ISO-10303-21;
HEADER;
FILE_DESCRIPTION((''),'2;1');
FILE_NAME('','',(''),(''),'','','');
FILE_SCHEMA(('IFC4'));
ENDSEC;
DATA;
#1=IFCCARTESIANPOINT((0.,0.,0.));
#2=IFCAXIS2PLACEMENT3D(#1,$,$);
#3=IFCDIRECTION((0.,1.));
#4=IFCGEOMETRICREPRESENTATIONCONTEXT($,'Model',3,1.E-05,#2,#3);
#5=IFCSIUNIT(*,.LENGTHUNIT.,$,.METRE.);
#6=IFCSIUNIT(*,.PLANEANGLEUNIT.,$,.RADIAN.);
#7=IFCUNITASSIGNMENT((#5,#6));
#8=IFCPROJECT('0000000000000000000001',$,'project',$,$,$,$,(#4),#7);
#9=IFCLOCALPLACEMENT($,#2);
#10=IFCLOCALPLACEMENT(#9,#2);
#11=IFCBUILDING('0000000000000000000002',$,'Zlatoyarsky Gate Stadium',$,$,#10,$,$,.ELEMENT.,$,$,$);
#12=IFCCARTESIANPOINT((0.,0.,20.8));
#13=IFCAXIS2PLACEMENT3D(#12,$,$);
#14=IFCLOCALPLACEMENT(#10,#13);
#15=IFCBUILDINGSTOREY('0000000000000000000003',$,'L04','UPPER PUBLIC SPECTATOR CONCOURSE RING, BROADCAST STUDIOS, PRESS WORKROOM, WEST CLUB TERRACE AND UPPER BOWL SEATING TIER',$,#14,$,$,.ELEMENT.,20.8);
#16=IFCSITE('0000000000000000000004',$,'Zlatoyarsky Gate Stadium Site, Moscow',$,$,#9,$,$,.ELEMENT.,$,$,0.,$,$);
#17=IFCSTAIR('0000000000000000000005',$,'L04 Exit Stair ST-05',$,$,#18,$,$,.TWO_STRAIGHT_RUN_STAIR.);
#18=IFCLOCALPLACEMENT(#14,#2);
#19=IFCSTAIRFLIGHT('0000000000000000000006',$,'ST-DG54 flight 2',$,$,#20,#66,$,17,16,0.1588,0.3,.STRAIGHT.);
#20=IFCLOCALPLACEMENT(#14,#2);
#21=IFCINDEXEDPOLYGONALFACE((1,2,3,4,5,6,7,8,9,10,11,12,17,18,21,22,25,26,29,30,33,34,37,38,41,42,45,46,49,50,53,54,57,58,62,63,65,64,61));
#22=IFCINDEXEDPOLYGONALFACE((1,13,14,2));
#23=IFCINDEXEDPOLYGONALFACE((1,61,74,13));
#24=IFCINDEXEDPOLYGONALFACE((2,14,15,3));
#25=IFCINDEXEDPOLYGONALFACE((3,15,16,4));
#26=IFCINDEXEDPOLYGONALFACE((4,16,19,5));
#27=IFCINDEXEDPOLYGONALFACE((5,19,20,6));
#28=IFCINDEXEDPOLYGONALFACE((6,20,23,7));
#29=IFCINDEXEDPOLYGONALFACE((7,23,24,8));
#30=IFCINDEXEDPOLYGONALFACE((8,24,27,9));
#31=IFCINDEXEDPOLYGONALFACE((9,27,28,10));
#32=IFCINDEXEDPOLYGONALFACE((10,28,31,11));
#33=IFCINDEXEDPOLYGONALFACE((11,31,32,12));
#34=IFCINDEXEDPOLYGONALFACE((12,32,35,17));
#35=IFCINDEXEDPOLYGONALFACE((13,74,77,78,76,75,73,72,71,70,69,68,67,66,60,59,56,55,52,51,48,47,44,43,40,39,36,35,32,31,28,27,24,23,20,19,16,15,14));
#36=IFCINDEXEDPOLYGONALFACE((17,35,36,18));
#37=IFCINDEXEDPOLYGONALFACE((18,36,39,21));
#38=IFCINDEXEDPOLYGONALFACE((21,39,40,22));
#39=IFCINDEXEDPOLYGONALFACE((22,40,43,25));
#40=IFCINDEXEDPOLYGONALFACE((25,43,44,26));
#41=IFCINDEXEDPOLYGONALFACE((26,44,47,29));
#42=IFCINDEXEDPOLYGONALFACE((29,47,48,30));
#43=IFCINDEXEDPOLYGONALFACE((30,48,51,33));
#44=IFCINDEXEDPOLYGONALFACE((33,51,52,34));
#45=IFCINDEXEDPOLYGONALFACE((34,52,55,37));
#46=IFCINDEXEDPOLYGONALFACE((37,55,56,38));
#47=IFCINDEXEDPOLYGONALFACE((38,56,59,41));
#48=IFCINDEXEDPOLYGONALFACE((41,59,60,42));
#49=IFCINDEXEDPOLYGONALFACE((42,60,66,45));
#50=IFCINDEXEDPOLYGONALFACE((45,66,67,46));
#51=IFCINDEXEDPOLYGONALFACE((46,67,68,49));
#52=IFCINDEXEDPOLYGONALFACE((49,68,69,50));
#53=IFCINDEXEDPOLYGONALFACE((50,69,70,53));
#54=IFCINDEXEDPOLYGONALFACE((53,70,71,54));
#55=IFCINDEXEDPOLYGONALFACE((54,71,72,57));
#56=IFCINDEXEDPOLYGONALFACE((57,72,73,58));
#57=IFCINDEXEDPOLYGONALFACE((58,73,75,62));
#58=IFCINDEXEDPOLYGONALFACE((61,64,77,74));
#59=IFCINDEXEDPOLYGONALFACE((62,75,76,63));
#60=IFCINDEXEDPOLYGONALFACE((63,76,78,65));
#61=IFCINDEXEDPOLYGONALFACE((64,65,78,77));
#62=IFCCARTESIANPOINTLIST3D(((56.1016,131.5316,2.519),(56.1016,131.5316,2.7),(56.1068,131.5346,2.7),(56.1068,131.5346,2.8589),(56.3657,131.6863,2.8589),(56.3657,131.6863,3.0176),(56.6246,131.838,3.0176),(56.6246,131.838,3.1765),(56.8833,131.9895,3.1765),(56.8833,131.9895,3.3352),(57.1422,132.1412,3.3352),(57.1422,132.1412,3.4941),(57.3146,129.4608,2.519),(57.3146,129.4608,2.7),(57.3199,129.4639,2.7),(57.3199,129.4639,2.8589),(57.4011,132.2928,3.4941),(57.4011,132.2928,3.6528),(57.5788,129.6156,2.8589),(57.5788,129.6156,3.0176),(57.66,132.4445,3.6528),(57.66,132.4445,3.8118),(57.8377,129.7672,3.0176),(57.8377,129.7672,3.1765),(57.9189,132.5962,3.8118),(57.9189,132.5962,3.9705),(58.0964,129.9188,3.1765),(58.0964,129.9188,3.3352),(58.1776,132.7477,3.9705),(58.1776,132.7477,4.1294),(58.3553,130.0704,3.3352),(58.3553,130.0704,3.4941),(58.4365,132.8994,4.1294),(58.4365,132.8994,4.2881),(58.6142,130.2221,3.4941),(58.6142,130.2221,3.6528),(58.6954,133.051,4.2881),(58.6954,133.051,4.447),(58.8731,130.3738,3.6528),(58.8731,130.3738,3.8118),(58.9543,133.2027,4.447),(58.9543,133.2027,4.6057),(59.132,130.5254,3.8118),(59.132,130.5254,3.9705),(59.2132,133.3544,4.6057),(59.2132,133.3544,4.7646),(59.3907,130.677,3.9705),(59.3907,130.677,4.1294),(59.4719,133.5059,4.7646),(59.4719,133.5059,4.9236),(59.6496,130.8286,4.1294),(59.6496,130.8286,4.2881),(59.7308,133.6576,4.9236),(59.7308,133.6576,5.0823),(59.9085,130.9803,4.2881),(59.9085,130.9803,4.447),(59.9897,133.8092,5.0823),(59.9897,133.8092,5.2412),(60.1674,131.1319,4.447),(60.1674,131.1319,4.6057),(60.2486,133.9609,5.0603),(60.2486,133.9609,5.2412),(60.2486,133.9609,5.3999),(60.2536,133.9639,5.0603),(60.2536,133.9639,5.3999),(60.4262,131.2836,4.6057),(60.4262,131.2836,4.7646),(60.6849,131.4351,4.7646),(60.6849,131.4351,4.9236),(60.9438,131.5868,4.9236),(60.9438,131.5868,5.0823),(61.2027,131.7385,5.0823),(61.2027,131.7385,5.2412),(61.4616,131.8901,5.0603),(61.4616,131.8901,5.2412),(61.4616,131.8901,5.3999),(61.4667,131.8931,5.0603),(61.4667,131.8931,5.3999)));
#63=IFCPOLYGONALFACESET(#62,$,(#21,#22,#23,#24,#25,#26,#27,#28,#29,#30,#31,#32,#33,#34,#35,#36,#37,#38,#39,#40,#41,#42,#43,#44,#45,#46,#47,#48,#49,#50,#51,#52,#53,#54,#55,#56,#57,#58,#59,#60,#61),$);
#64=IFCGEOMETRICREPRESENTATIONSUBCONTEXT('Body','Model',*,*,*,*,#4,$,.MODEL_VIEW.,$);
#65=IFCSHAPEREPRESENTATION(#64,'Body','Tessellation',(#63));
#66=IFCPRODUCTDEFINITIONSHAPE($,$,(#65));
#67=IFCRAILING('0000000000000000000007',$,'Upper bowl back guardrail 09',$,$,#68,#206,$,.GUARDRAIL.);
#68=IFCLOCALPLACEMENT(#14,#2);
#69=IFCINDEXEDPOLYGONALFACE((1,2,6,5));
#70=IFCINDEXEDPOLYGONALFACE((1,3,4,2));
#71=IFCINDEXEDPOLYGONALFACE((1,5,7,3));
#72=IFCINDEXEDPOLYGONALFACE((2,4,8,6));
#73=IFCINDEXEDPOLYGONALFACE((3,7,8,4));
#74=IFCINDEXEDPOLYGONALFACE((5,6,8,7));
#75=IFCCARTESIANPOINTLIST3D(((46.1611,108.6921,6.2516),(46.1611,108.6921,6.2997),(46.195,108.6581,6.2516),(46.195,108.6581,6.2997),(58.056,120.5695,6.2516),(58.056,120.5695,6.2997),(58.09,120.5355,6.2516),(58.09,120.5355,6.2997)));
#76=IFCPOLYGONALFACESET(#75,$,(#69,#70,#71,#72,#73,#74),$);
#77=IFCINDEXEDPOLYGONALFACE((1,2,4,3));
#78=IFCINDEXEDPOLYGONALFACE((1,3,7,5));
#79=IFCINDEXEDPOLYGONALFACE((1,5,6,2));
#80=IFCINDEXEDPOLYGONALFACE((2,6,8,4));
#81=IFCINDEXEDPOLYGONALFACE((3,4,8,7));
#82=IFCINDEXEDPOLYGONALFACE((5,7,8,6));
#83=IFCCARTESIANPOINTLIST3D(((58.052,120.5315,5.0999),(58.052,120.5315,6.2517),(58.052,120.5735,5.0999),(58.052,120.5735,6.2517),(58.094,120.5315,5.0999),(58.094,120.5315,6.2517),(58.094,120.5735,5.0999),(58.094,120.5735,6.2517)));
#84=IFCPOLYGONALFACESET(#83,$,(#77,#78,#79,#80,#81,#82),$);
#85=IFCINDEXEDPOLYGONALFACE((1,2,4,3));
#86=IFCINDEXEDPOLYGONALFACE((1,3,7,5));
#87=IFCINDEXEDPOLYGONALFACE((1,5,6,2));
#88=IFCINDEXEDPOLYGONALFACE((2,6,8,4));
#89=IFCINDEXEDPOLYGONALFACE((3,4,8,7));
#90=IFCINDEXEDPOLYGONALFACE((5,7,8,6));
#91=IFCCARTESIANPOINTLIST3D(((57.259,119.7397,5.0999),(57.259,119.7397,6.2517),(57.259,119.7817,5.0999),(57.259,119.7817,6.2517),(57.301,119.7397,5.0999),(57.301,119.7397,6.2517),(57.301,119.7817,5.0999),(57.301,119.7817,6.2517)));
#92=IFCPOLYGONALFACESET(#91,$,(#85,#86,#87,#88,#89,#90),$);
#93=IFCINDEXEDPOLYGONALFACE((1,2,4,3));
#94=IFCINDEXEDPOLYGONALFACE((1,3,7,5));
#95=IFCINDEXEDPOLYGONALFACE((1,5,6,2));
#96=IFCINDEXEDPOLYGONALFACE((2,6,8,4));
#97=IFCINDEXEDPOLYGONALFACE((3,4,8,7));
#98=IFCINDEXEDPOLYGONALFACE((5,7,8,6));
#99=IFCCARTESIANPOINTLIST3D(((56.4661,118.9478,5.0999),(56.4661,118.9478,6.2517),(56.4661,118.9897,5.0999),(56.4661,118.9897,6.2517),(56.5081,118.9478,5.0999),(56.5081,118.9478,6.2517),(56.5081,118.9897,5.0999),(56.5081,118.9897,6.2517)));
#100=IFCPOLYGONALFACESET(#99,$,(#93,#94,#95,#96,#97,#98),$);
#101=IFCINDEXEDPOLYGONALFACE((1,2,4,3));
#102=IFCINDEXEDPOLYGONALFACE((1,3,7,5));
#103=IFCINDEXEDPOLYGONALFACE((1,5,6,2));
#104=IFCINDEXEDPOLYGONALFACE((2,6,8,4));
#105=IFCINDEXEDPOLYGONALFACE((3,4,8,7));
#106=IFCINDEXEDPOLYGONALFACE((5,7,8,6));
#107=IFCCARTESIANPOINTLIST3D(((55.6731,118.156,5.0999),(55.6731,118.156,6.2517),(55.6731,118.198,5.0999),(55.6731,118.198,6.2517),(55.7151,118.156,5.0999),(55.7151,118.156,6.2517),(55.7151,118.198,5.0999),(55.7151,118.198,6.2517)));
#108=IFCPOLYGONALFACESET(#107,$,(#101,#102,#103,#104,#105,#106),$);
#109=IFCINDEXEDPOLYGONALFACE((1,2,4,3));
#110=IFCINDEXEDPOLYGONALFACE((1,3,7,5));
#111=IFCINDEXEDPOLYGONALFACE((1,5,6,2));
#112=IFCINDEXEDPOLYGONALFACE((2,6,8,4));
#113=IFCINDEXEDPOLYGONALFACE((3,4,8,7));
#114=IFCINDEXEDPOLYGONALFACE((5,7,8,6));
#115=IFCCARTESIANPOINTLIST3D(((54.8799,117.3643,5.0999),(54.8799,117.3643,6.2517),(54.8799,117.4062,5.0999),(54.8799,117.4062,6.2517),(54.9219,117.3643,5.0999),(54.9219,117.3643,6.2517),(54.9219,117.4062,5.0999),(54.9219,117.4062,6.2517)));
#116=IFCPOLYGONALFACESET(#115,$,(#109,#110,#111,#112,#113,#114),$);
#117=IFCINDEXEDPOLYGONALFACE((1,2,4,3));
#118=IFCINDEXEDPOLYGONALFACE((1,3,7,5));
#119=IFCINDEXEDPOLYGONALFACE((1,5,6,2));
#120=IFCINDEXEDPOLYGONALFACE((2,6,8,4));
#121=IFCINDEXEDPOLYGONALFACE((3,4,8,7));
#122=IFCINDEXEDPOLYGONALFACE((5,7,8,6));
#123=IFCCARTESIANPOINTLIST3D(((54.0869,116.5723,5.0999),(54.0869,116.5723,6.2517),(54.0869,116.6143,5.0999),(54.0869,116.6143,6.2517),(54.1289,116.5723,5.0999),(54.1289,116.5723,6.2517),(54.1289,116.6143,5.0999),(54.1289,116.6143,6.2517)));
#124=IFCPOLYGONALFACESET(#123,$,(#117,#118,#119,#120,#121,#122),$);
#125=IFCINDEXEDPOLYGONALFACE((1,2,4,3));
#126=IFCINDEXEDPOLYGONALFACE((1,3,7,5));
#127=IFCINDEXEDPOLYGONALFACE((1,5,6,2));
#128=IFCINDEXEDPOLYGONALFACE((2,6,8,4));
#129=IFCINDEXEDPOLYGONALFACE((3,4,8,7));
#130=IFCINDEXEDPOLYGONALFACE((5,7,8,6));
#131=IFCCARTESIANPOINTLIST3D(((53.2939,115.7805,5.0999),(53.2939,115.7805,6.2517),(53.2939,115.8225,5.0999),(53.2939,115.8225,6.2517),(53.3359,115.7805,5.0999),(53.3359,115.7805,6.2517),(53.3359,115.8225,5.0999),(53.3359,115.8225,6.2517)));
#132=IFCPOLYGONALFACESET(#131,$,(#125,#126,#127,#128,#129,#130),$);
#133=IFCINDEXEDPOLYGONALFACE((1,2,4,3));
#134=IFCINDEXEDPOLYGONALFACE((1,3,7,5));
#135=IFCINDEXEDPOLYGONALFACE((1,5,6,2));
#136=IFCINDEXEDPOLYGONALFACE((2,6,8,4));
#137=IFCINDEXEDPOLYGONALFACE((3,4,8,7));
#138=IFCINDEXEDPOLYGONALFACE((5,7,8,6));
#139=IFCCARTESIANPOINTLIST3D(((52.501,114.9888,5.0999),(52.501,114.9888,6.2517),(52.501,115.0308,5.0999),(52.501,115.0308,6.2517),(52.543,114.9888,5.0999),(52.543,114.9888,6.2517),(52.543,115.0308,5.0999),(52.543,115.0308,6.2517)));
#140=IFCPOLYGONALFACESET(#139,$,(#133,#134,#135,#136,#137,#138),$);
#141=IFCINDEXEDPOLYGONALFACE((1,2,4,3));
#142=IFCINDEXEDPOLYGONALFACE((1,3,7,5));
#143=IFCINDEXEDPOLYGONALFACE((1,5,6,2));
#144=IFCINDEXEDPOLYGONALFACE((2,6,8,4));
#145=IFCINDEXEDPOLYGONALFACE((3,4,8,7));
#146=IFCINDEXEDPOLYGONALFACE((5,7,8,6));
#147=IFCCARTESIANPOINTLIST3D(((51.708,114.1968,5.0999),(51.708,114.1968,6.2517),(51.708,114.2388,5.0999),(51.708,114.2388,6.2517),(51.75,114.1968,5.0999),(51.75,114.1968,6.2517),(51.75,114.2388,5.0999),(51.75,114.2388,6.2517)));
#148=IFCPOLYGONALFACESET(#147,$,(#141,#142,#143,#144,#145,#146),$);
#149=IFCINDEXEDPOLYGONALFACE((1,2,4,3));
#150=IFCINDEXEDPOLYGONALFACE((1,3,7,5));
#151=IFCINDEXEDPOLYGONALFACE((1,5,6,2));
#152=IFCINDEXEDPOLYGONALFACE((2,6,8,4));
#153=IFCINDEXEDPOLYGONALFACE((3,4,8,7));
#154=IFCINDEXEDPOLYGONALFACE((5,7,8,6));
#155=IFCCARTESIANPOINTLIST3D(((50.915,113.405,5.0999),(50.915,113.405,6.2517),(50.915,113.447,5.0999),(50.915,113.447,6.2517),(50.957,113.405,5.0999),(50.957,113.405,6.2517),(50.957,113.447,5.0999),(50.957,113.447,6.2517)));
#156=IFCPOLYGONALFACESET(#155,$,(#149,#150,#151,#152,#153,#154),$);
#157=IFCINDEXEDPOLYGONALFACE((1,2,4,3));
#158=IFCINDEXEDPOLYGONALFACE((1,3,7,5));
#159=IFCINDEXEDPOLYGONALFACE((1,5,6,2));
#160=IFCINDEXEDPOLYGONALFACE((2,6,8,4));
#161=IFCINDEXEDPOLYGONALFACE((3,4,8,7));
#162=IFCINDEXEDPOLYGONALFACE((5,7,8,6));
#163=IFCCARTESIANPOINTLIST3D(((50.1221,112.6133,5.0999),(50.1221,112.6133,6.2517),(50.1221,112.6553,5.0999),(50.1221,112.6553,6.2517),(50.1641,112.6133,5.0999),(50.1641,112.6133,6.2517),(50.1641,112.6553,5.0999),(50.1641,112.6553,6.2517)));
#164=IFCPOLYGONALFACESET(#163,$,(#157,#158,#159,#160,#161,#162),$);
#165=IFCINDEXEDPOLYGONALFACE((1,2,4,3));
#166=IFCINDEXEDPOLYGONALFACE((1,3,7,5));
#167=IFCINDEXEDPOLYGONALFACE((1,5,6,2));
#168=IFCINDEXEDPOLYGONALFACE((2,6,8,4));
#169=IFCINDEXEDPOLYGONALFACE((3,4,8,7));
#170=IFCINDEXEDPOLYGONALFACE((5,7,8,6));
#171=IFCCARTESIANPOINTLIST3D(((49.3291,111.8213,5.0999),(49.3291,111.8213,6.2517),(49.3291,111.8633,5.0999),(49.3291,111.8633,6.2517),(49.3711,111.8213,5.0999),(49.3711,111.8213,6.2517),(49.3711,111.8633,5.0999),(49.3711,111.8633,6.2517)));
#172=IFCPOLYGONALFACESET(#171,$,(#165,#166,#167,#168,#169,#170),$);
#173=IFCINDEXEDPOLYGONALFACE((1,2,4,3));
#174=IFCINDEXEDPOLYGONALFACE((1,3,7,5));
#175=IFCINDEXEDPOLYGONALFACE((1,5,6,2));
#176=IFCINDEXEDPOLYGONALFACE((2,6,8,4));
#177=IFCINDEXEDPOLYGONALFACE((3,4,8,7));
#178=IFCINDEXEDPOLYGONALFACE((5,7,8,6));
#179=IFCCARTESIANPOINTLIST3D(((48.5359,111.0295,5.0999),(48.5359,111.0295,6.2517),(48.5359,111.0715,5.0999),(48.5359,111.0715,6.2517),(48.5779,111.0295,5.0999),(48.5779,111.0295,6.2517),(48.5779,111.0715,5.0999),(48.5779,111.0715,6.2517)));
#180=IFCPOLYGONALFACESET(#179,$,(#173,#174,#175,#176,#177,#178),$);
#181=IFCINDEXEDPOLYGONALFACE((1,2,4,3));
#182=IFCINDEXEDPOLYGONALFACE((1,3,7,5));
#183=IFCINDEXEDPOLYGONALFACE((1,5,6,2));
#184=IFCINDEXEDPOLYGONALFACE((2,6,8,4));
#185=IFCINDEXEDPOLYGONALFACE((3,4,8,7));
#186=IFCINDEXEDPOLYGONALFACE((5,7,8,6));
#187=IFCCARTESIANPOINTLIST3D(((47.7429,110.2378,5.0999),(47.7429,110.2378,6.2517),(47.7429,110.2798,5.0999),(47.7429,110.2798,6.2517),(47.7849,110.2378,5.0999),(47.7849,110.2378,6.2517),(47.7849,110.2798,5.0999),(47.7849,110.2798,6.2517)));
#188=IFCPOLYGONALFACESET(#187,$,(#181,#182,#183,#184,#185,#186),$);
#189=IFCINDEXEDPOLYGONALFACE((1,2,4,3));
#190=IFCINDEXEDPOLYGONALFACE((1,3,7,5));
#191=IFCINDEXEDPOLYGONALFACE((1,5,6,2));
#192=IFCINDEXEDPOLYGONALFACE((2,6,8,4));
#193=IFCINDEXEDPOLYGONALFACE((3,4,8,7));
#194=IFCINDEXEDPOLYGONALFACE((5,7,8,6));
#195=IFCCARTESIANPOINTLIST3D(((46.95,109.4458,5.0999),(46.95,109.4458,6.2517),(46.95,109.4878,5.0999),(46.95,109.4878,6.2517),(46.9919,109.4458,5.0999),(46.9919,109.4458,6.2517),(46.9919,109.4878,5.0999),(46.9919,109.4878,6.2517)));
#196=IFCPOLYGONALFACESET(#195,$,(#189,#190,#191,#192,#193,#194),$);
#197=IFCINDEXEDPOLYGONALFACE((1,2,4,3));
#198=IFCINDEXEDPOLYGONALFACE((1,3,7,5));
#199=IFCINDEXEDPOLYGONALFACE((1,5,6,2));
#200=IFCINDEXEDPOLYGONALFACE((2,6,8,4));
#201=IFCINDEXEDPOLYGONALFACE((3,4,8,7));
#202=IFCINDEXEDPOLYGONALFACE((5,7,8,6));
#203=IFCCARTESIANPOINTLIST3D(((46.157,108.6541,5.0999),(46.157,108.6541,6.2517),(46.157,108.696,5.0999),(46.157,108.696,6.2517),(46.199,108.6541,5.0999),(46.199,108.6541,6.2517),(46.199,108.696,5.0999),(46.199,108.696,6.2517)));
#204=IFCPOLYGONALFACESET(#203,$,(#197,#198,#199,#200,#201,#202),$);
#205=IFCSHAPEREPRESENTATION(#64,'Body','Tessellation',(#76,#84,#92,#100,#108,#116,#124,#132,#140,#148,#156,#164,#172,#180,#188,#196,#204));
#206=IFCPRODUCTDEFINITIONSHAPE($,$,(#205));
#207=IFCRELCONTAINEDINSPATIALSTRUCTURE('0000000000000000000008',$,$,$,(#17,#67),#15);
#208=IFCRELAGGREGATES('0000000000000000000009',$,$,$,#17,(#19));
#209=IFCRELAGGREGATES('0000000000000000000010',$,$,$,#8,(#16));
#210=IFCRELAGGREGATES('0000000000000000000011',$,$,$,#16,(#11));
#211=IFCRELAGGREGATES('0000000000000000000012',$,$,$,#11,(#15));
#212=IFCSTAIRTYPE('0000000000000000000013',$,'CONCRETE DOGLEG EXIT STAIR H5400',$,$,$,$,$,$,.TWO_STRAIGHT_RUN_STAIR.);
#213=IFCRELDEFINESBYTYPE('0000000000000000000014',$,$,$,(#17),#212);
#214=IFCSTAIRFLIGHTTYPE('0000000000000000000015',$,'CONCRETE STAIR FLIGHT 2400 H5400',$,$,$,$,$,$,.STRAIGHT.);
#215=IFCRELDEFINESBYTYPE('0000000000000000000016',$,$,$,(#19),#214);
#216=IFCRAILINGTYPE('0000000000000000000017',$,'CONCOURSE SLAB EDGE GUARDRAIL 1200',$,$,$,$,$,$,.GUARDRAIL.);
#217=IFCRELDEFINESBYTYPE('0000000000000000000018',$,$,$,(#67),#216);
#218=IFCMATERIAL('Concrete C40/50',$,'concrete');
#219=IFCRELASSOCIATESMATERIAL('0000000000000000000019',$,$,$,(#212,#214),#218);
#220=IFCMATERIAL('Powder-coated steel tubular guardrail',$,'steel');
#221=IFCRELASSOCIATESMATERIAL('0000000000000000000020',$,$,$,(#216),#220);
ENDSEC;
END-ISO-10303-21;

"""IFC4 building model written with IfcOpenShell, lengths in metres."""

from ifc_helpers import new_model, si_unit, direction, frame, origin, origin_2d, place, context, subcontext, project, spatial, polyline, rectangle, outline, extrude, material, type_object, element, aggregate, save


model = new_model("IFC4")

# Units and contexts
model_context = context("Model", 3, precision=1e-05, world=origin(), true_north=direction((0.0, 1.0)))
body_context = subcontext(model_context, "Body", "Model", "MODEL_VIEW")
ifc_project = project(units=[si_unit("LENGTHUNIT", "METRE"), si_unit("PLANEANGLEUNIT", "RADIAN")], contexts=[model_context])

# Site, building, storey
site_placement = place(None, origin())
site = spatial("IfcSite", under=ifc_project, at=site_placement, Name="Zlatoyarsky Gate Stadium Site, Moscow", CompositionType="ELEMENT", RefElevation=0.0)
building_placement = place(site_placement, origin())
building = spatial("IfcBuilding", under=site, at=building_placement, Name="Zlatoyarsky Gate Stadium", CompositionType="ELEMENT")
storey_placement = place(building_placement, frame((0.0, 0.0, 20.8)))
storey = spatial("IfcBuildingStorey", under=building, at=storey_placement, Name="L04", Description="UPPER PUBLIC SPECTATOR CONCOURSE RING, BROADCAST STUDIOS, PRESS WORKROOM, WEST CLUB TERRACE AND UPPER BOWL SEATING TIER", CompositionType="ELEMENT", Elevation=20.8)

# Shared definitions
ifc_material_1 = material(Name="Concrete C40/50", Category="concrete")

# Stair, stair flight
stair_type = type_object("IfcStairType", Name="CONCRETE DOGLEG EXIT STAIR H5400", PredefinedType="TWO_STRAIGHT_RUN_STAIR", material=ifc_material_1)
stair_placement = place(storey_placement, origin())
stair = element("IfcStair", 1, at=stair_placement, inside=storey, type_object=stair_type, Name="L04 Exit Stair ST-05", PredefinedType="TWO_STRAIGHT_RUN_STAIR")
stair_flight_type = type_object("IfcStairFlightType", Name="CONCRETE STAIR FLIGHT 2400 H5400", PredefinedType="STRAIGHT", material=ifc_material_1)
stair_flight_placement = place(storey_placement, frame((56.7134, 130.4993, 2.7), z_axis=(0.0, 0.0, 1.0), x_axis=(0.862848, 0.505463, 0.0)))
stair_flight = element("IfcStairFlight", 2, at=stair_flight_placement, type_object=stair_flight_type, Name="ST-DG54 flight 2", NumberOfRisers=17, NumberOfTreads=16, PredefinedType="STRAIGHT", RiserHeight=0.1588, TreadLength=0.3, context=body_context, shape_type="SweptSolid", body=[
    extrude(outline(polyline([(-0.0061, -0.1809), (-0.0061, 0.0), (0.0, 0.0), (0.0, 0.1589), (0.3, 0.1589), (0.3, 0.3176), (0.6001, 0.3176), (0.6001, 0.4766), (0.8999, 0.4766), (0.8999, 0.6353), (1.2, 0.6353), (1.2, 0.7942), (1.5, 0.7942), (1.5, 0.9529), (1.8, 0.9529), (1.8, 1.1118), (2.1001, 1.1118), (2.1001, 1.2705), (2.3999, 1.2705), (2.3999, 1.4294), (2.7, 1.4294), (2.7, 1.5881), (3.0, 1.5881), (3.0, 1.7471), (3.3, 1.7471), (3.3, 1.9058), (3.6001, 1.9058), (3.6001, 2.0647), (3.8999, 2.0647), (3.8999, 2.2236), (4.2, 2.2236), (4.2, 2.3823), (4.5, 2.3823), (4.5, 2.5413), (4.8, 2.5413), (4.8, 2.7), (4.8059, 2.7), (4.8059, 2.3604), (4.8, 2.3604), (-0.0061, -0.1809)])), frame((0.0, 1.2, 0.0), z_axis=(0.0, -1.0, 0.0), x_axis=(1.0, 0.0, 0.0)), (0.0, 0.0, 1.0), 2.3999),
])
aggregate(stair, [stair_flight])

# Railing
ifc_material_2 = material(Name="Powder-coated steel tubular guardrail", Category="steel")
railing_type_1 = type_object("IfcRailingType", Name="CONCOURSE SLAB EDGE GUARDRAIL 1200", PredefinedType="GUARDRAIL", material=ifc_material_2)
railing_1_placement = place(storey_placement, frame((58.073, 120.5525, 5.0999)))
element("IfcRailing", 3, at=railing_1_placement, inside=storey, type_object=railing_type_1, Name="Upper bowl back guardrail 09", PredefinedType="GUARDRAIL", context=body_context, shape_type="SweptSolid", body=[
    extrude(rectangle(XDim=0.0481, YDim=0.0481, at=origin_2d()), frame((0.0, 0.0, 1.1758), z_axis=(-0.707629, -0.706584, 0.0), x_axis=(0.706584, -0.707629, 0.0)), (0.0, 0.0, 1.0), 16.8096),
    extrude(rectangle(XDim=0.042, YDim=0.042, at=origin_2d()), origin(), (0.0, 0.0, 1.0), 1.1519),
    extrude(rectangle(XDim=0.042, YDim=0.042, at=origin_2d()), frame((-0.793, -0.7917, 0.0)), (0.0, 0.0, 1.0), 1.1519),
    extrude(rectangle(XDim=0.042, YDim=0.042, at=origin_2d()), frame((-1.5859, -1.5837, 0.0)), (0.0, 0.0, 1.0), 1.1519),
    extrude(rectangle(XDim=0.042, YDim=0.042, at=origin_2d()), frame((-2.3789, -2.3755, 0.0)), (0.0, 0.0, 1.0), 1.1519),
    extrude(rectangle(XDim=0.042, YDim=0.042, at=origin_2d()), frame((-3.1721, -3.1672, 0.0)), (0.0, 0.0, 1.0), 1.1519),
    extrude(rectangle(XDim=0.042, YDim=0.042, at=origin_2d()), frame((-3.9651, -3.9592, 0.0)), (0.0, 0.0, 1.0), 1.1519),
    extrude(rectangle(XDim=0.042, YDim=0.042, at=origin_2d()), frame((-4.7581, -4.751, 0.0)), (0.0, 0.0, 1.0), 1.1519),
    extrude(rectangle(XDim=0.042, YDim=0.042, at=origin_2d()), frame((-5.551, -5.5427, 0.0)), (0.0, 0.0, 1.0), 1.1519),
    extrude(rectangle(XDim=0.042, YDim=0.042, at=origin_2d()), frame((-6.344, -6.3347, 0.0)), (0.0, 0.0, 1.0), 1.1519),
    extrude(rectangle(XDim=0.042, YDim=0.042, at=origin_2d()), frame((-7.137, -7.1265, 0.0)), (0.0, 0.0, 1.0), 1.1519),
    extrude(rectangle(XDim=0.042, YDim=0.042, at=origin_2d()), frame((-7.9299, -7.9182, 0.0)), (0.0, 0.0, 1.0), 1.1519),
    extrude(rectangle(XDim=0.042, YDim=0.042, at=origin_2d()), frame((-8.7229, -8.7102, 0.0)), (0.0, 0.0, 1.0), 1.1519),
    extrude(rectangle(XDim=0.042, YDim=0.042, at=origin_2d()), frame((-9.5161, -9.502, 0.0)), (0.0, 0.0, 1.0), 1.1519),
    extrude(rectangle(XDim=0.042, YDim=0.042, at=origin_2d()), frame((-10.3091, -10.2937, 0.0)), (0.0, 0.0, 1.0), 1.1519),
    extrude(rectangle(XDim=0.042, YDim=0.042, at=origin_2d()), frame((-11.1021, -11.0857, 0.0)), (0.0, 0.0, 1.0), 1.1519),
    extrude(rectangle(XDim=0.042, YDim=0.042, at=origin_2d()), frame((-11.895, -11.8774, 0.0)), (0.0, 0.0, 1.0), 1.1519),
])

save(model, "model.ifc")
